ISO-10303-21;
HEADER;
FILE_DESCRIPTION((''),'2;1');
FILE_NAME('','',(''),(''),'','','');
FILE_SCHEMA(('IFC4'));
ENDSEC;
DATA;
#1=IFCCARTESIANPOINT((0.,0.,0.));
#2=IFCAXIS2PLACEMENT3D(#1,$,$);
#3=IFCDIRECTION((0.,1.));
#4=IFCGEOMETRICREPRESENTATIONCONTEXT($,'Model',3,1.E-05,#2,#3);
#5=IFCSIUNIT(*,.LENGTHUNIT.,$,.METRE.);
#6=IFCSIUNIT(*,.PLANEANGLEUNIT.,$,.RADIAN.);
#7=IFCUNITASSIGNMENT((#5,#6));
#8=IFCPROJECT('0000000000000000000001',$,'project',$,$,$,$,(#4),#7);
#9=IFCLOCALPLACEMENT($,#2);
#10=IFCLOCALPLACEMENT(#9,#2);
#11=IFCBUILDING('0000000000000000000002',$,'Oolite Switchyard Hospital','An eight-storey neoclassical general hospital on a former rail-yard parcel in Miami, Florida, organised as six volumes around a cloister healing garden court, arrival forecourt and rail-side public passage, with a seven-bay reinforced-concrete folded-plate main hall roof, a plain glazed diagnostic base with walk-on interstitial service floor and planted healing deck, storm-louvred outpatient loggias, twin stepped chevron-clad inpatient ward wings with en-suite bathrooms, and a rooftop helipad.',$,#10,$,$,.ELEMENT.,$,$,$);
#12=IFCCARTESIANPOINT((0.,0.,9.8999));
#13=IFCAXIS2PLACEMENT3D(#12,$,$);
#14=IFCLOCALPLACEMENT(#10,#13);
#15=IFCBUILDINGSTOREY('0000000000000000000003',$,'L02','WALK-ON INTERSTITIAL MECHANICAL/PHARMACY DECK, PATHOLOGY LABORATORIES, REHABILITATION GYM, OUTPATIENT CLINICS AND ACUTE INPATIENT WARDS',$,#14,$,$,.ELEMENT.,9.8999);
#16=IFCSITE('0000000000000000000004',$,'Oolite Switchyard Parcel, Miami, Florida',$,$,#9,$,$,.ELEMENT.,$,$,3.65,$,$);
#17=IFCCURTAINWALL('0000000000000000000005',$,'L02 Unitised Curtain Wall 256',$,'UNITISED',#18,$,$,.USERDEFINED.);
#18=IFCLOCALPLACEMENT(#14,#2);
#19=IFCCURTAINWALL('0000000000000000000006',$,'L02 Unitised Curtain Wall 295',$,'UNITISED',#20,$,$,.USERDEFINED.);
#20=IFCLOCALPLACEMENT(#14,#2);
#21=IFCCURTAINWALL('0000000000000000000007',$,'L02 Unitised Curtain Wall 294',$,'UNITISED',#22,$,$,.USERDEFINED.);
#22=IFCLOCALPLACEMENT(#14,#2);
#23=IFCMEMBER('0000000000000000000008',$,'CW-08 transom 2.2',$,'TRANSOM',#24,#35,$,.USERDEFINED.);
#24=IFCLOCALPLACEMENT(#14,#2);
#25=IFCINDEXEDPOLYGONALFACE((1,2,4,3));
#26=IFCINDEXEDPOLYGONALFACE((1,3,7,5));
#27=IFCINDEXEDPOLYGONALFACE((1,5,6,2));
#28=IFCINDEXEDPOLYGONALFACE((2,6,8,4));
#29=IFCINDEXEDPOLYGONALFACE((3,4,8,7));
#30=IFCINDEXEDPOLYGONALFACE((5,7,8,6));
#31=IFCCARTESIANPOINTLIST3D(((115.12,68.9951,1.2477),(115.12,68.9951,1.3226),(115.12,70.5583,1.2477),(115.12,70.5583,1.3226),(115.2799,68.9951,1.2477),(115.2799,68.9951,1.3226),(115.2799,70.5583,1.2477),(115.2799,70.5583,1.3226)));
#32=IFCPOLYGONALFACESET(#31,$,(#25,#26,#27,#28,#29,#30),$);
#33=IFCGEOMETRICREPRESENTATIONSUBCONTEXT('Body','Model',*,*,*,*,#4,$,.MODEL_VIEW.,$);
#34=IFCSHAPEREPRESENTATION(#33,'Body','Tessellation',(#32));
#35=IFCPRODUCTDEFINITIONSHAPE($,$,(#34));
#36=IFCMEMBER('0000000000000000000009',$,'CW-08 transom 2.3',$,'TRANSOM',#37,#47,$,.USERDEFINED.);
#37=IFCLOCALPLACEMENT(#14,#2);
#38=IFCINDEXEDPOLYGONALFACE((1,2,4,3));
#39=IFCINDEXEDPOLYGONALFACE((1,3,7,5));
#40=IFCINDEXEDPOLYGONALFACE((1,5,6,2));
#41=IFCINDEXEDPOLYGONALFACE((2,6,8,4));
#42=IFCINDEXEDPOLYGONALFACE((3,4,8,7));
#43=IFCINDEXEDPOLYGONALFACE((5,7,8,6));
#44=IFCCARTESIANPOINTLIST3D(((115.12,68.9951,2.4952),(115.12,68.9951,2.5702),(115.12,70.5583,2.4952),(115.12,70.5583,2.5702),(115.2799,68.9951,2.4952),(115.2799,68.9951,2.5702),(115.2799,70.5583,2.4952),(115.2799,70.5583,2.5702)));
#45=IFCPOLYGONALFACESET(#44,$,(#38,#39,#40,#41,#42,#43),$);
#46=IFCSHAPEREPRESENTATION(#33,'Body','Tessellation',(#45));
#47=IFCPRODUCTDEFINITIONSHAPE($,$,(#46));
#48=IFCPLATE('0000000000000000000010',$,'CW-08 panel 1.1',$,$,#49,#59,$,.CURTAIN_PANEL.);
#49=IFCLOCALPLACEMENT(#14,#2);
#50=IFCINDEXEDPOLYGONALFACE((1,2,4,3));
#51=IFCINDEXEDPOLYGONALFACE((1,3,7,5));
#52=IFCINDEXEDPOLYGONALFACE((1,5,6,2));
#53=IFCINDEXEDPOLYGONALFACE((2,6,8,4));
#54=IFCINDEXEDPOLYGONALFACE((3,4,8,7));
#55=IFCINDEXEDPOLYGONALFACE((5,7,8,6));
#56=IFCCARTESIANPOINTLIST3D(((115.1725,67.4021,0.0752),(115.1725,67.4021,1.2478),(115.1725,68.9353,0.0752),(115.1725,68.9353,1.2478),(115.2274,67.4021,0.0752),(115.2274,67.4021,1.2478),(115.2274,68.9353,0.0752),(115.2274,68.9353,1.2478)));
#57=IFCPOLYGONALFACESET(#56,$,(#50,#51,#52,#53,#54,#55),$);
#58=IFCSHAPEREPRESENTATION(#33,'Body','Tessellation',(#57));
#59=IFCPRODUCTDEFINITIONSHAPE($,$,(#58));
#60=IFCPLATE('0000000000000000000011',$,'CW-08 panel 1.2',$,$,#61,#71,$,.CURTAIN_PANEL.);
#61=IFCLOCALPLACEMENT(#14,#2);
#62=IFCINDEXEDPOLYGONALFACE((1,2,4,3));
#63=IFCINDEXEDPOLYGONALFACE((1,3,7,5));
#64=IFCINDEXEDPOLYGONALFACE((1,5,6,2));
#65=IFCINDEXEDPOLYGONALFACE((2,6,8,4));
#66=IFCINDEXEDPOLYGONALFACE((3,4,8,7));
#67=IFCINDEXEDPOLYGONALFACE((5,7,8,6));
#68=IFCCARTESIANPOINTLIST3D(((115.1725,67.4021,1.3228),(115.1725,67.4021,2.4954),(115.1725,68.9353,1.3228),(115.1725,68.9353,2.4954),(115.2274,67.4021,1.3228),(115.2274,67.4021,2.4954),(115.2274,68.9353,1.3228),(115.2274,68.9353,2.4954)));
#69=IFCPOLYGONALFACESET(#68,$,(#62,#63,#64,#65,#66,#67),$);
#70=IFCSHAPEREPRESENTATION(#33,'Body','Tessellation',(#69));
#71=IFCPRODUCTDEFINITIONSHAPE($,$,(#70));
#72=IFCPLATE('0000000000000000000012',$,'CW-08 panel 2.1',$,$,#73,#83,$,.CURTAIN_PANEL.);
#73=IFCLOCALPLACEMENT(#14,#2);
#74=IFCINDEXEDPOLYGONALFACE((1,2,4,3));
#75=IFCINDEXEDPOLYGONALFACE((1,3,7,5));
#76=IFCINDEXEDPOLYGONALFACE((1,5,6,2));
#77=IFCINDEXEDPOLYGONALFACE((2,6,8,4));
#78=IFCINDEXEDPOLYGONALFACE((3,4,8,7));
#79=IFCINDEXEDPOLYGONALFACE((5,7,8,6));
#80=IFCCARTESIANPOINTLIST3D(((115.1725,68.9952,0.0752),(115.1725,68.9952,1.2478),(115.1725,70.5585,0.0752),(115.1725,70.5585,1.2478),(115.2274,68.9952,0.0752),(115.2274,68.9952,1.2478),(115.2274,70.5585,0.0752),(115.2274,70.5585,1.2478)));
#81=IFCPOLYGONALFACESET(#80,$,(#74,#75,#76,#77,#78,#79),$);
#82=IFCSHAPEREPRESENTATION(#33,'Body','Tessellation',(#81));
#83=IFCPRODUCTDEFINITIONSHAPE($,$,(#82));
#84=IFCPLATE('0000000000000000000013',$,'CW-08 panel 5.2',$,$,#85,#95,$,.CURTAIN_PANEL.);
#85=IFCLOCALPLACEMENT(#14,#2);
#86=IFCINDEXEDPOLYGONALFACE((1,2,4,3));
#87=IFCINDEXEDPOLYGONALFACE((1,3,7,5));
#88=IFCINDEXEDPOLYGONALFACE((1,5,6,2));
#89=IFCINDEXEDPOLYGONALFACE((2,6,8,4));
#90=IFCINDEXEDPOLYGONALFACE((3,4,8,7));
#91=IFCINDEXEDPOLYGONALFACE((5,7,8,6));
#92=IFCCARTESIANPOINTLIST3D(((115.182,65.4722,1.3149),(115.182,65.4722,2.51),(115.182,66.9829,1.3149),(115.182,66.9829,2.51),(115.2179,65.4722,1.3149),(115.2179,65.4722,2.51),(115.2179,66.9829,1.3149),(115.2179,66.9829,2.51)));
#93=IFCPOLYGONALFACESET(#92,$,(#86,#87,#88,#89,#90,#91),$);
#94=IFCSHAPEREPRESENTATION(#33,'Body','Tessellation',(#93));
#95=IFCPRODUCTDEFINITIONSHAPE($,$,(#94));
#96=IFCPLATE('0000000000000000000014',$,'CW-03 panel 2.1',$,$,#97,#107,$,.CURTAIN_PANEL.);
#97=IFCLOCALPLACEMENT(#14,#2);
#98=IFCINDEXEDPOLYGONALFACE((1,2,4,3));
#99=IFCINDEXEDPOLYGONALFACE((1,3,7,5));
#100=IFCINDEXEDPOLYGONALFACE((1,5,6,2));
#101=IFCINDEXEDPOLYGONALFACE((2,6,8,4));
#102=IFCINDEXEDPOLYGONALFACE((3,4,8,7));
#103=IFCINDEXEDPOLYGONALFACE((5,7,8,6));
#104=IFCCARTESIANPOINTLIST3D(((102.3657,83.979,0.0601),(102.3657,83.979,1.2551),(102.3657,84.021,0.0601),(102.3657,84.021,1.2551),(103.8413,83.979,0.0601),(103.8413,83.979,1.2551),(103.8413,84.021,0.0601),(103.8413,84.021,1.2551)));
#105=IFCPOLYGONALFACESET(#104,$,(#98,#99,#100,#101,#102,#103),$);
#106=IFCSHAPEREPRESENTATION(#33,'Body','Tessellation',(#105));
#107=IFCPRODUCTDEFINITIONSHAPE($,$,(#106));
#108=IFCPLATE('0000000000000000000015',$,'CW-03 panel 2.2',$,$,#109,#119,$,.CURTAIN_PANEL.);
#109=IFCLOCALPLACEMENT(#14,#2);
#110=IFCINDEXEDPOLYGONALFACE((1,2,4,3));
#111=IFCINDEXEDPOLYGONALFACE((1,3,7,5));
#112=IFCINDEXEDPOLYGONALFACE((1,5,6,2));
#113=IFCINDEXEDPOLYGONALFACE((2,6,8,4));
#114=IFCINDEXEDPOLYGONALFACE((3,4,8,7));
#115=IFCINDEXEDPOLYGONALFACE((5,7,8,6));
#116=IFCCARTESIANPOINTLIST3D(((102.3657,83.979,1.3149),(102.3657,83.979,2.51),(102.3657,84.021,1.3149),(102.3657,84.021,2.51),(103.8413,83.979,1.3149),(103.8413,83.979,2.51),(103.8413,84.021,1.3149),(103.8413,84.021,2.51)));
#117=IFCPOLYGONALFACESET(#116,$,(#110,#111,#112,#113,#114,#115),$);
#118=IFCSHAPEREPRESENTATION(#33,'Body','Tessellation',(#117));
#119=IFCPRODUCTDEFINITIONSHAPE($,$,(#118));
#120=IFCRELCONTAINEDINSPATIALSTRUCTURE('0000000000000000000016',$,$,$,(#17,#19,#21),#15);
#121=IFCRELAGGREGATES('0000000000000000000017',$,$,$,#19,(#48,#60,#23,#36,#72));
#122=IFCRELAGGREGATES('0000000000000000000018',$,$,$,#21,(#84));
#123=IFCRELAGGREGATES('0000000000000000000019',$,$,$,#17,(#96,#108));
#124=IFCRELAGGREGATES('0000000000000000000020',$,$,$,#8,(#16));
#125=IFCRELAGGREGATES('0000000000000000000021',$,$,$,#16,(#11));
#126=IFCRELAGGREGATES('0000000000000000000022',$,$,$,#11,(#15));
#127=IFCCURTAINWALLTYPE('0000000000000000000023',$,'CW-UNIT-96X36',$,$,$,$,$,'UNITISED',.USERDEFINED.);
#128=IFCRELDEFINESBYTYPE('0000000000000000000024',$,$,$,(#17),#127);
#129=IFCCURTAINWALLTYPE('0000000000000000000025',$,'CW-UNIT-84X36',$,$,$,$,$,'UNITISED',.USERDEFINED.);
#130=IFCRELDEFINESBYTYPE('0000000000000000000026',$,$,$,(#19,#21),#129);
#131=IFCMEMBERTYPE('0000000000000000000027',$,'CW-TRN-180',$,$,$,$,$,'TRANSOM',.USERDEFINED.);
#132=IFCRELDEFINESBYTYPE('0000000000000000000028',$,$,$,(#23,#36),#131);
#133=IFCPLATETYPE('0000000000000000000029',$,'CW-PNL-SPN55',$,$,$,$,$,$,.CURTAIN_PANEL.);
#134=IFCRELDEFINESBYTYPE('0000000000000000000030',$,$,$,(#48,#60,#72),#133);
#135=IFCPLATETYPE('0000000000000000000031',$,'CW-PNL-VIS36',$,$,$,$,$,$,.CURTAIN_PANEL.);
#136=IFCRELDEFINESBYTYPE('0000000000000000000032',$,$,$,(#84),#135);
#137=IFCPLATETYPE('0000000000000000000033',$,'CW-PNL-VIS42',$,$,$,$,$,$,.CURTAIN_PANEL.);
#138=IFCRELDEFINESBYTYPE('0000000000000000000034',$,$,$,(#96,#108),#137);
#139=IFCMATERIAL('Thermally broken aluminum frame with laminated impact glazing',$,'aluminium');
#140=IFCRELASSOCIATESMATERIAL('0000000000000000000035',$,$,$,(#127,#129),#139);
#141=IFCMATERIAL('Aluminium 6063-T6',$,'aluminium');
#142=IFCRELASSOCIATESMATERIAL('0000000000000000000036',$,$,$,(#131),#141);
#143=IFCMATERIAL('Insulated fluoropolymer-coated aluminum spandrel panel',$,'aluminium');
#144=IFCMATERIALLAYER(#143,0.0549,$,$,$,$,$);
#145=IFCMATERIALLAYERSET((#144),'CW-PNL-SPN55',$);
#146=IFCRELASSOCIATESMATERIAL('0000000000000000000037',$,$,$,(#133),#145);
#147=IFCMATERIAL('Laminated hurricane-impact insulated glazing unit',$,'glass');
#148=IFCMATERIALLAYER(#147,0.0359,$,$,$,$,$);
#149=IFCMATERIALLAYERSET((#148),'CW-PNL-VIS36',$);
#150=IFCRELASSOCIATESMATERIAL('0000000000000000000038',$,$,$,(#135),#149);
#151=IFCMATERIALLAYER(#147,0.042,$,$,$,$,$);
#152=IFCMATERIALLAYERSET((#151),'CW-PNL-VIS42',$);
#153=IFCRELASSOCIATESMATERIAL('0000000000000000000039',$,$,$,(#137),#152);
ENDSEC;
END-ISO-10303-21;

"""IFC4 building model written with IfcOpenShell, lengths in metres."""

from ifc_helpers import new_model, si_unit, direction, frame, origin, origin_2d, place, context, subcontext, project, spatial, rectangle, extrude, material, layer, layer_set, material_profile, profile_set, type_object, element, aggregate, save


model = new_model("IFC4")

# Units and contexts
model_context = context("Model", 3, precision=1e-05, world=origin(), true_north=direction((0.0, 1.0)))
body_context = subcontext(model_context, "Body", "Model", "MODEL_VIEW")
ifc_project = project(units=[si_unit("LENGTHUNIT", "METRE"), si_unit("PLANEANGLEUNIT", "RADIAN")], contexts=[model_context])

# Site, building, storey
site_placement = place(None, origin())
site = spatial("IfcSite", under=ifc_project, at=site_placement, Name="Oolite Switchyard Parcel, Miami, Florida", CompositionType="ELEMENT", RefElevation=3.65)
building_placement = place(site_placement, origin())
building = spatial("IfcBuilding", under=site, at=building_placement, Name="Oolite Switchyard Hospital", Description="An eight-storey neoclassical general hospital on a former rail-yard parcel in Miami, Florida, organised as six volumes around a cloister healing garden court, arrival forecourt and rail-side public passage, with a seven-bay reinforced-concrete folded-plate main hall roof, a plain glazed diagnostic base with walk-on interstitial service floor and planted healing deck, storm-louvred outpatient loggias, twin stepped chevron-clad inpatient ward wings with en-suite bathrooms, and a rooftop helipad.", CompositionType="ELEMENT")
storey_placement = place(building_placement, frame((0.0, 0.0, 9.8999)))
storey = spatial("IfcBuildingStorey", under=building, at=storey_placement, Name="L02", Description="WALK-ON INTERSTITIAL MECHANICAL/PHARMACY DECK, PATHOLOGY LABORATORIES, REHABILITATION GYM, OUTPATIENT CLINICS AND ACUTE INPATIENT WARDS", CompositionType="ELEMENT", Elevation=9.8999)

# Curtain wall
ifc_material_1 = material(Name="Thermally broken aluminum frame with laminated impact glazing", Category="aluminium")
curtain_wall_type_1 = type_object("IfcCurtainWallType", Name="CW-UNIT-96X36", ElementType="UNITISED", PredefinedType="USERDEFINED", material=ifc_material_1)
curtain_wall_1_placement = place(storey_placement, origin())
curtain_wall_1 = element("IfcCurtainWall", 1, at=curtain_wall_1_placement, inside=storey, type_object=curtain_wall_type_1, Name="L02 Unitised Curtain Wall 256", ObjectType="UNITISED", PredefinedType="USERDEFINED")
ifc_material_2 = material(Name="Aluminium 6063-T6", Category="aluminium")

# Curtain wall
curtain_wall_type_2 = type_object("IfcCurtainWallType", Name="CW-UNIT-84X36", ElementType="UNITISED", PredefinedType="USERDEFINED", material=ifc_material_1)
curtain_wall_2_placement = place(storey_placement, origin())
curtain_wall_2 = element("IfcCurtainWall", 2, at=curtain_wall_2_placement, inside=storey, type_object=curtain_wall_type_2, Name="L02 Unitised Curtain Wall 295", ObjectType="UNITISED", PredefinedType="USERDEFINED")

# Curtain wall
curtain_wall_3_placement = place(storey_placement, origin())
curtain_wall_3 = element("IfcCurtainWall", 3, at=curtain_wall_3_placement, inside=storey, type_object=curtain_wall_type_2, Name="L02 Unitised Curtain Wall 294", ObjectType="UNITISED", PredefinedType="USERDEFINED")

# Members
ifc_material_profile_1 = material_profile(ifc_material_2, rectangle(XDim=0.1599, YDim=0.075, at=origin_2d()), Name="CWT75X160")
ifc_profile_set_1 = profile_set([ifc_material_profile_1], Name="Aluminium 6063-T6")
member_type_1 = type_object("IfcMemberType", Name="CW-TRN-180", ElementType="TRANSOM", PredefinedType="USERDEFINED", material=ifc_profile_set_1)
member_1_placement = place(storey_placement, frame((115.2, 68.9951, 1.2852), z_axis=(0.0, 1.0, 0.0), x_axis=(-1.0, 0.0, 0.0)))
member_1 = element("IfcMember", 4, at=member_1_placement, type_object=member_type_1, Name="CW-08 transom 2.2", ObjectType="TRANSOM", PredefinedType="USERDEFINED", context=body_context, shape_type="SweptSolid", body=[
    extrude(rectangle(XDim=0.1599, YDim=0.075, at=origin_2d()), origin(), (0.0, 0.0, 1.0), 1.5632),
])
member_2_placement = place(storey_placement, frame((115.2, 68.9951, 2.5327), z_axis=(0.0, 1.0, 0.0), x_axis=(-1.0, 0.0, 0.0)))
member_2 = element("IfcMember", 5, at=member_2_placement, type_object=member_type_1, Name="CW-08 transom 2.3", ObjectType="TRANSOM", PredefinedType="USERDEFINED", context=body_context, shape_type="SweptSolid", body=[
    extrude(rectangle(XDim=0.1599, YDim=0.075, at=origin_2d()), origin(), (0.0, 0.0, 1.0), 1.5632),
])

# Plates
ifc_material_3 = material(Name="Insulated fluoropolymer-coated aluminum spandrel panel", Category="aluminium")
ifc_layer_1 = layer(ifc_material_3, 0.0549)
ifc_layer_set_1 = layer_set([ifc_layer_1], Name="CW-PNL-SPN55")
plate_type_1 = type_object("IfcPlateType", Name="CW-PNL-SPN55", PredefinedType="CURTAIN_PANEL", material=ifc_layer_set_1)
plate_1_placement = place(storey_placement, frame((115.2, 68.1687, 0.0752), z_axis=(0.0, 0.0, 1.0), x_axis=(0.0, 1.0, 0.0)))
plate_1 = element("IfcPlate", 6, at=plate_1_placement, type_object=plate_type_1, Name="CW-08 panel 1.1", PredefinedType="CURTAIN_PANEL", context=body_context, shape_type="SweptSolid", body=[
    extrude(rectangle(XDim=1.5332, YDim=0.0549, at=origin_2d()), origin(), (0.0, 0.0, 1.0), 1.1726),
])
plate_2_placement = place(storey_placement, frame((115.2, 68.1687, 1.3228), z_axis=(0.0, 0.0, 1.0), x_axis=(0.0, 1.0, 0.0)))
plate_2 = element("IfcPlate", 7, at=plate_2_placement, type_object=plate_type_1, Name="CW-08 panel 1.2", PredefinedType="CURTAIN_PANEL", context=body_context, shape_type="SweptSolid", body=[
    extrude(rectangle(XDim=1.5332, YDim=0.0549, at=origin_2d()), origin(), (0.0, 0.0, 1.0), 1.1726),
])
plate_3_placement = place(storey_placement, frame((115.2, 69.7769, 0.0752), z_axis=(0.0, 0.0, 1.0), x_axis=(0.0, 1.0, 0.0)))
plate_3 = element("IfcPlate", 8, at=plate_3_placement, type_object=plate_type_1, Name="CW-08 panel 2.1", PredefinedType="CURTAIN_PANEL", context=body_context, shape_type="SweptSolid", body=[
    extrude(rectangle(XDim=1.5632, YDim=0.0549, at=origin_2d()), origin(), (0.0, 0.0, 1.0), 1.1726),
])
aggregate(curtain_wall_2, [plate_1, plate_2, member_1, member_2, plate_3])
ifc_material_4 = material(Name="Laminated hurricane-impact insulated glazing unit", Category="glass")
ifc_layer_2 = layer(ifc_material_4, 0.0359)
ifc_layer_set_2 = layer_set([ifc_layer_2], Name="CW-PNL-VIS36")
plate_type_2 = type_object("IfcPlateType", Name="CW-PNL-VIS36", PredefinedType="CURTAIN_PANEL", material=ifc_layer_set_2)
plate_4_placement = place(storey_placement, frame((115.2, 66.2275, 1.3149), z_axis=(0.0, 0.0, 1.0), x_axis=(0.0, 1.0, 0.0)))
plate_4 = element("IfcPlate", 9, at=plate_4_placement, type_object=plate_type_2, Name="CW-08 panel 5.2", PredefinedType="CURTAIN_PANEL", context=body_context, shape_type="SweptSolid", body=[
    extrude(rectangle(XDim=1.5107, YDim=0.0359, at=origin_2d()), origin(), (0.0, 0.0, 1.0), 1.1951),
])
aggregate(curtain_wall_3, [plate_4])
ifc_layer_3 = layer(ifc_material_4, 0.042)
ifc_layer_set_3 = layer_set([ifc_layer_3], Name="CW-PNL-VIS42")
plate_type_3 = type_object("IfcPlateType", Name="CW-PNL-VIS42", PredefinedType="CURTAIN_PANEL", material=ifc_layer_set_3)
plate_5_placement = place(storey_placement, frame((103.1035, 84.0, 0.0601), z_axis=(0.0, 0.0, 1.0), x_axis=(-1.0, 0.0, 0.0)))
plate_5 = element("IfcPlate", 10, at=plate_5_placement, type_object=plate_type_3, Name="CW-03 panel 2.1", PredefinedType="CURTAIN_PANEL", context=body_context, shape_type="SweptSolid", body=[
    extrude(rectangle(XDim=1.4756, YDim=0.042, at=origin_2d()), origin(), (0.0, 0.0, 1.0), 1.1951),
])
plate_6_placement = place(storey_placement, frame((103.1035, 84.0, 1.3149), z_axis=(0.0, 0.0, 1.0), x_axis=(-1.0, 0.0, 0.0)))
plate_6 = element("IfcPlate", 11, at=plate_6_placement, type_object=plate_type_3, Name="CW-03 panel 2.2", PredefinedType="CURTAIN_PANEL", context=body_context, shape_type="SweptSolid", body=[
    extrude(rectangle(XDim=1.4756, YDim=0.042, at=origin_2d()), origin(), (0.0, 0.0, 1.0), 1.1951),
])
aggregate(curtain_wall_1, [plate_5, plate_6])

save(model, "model.ifc")
